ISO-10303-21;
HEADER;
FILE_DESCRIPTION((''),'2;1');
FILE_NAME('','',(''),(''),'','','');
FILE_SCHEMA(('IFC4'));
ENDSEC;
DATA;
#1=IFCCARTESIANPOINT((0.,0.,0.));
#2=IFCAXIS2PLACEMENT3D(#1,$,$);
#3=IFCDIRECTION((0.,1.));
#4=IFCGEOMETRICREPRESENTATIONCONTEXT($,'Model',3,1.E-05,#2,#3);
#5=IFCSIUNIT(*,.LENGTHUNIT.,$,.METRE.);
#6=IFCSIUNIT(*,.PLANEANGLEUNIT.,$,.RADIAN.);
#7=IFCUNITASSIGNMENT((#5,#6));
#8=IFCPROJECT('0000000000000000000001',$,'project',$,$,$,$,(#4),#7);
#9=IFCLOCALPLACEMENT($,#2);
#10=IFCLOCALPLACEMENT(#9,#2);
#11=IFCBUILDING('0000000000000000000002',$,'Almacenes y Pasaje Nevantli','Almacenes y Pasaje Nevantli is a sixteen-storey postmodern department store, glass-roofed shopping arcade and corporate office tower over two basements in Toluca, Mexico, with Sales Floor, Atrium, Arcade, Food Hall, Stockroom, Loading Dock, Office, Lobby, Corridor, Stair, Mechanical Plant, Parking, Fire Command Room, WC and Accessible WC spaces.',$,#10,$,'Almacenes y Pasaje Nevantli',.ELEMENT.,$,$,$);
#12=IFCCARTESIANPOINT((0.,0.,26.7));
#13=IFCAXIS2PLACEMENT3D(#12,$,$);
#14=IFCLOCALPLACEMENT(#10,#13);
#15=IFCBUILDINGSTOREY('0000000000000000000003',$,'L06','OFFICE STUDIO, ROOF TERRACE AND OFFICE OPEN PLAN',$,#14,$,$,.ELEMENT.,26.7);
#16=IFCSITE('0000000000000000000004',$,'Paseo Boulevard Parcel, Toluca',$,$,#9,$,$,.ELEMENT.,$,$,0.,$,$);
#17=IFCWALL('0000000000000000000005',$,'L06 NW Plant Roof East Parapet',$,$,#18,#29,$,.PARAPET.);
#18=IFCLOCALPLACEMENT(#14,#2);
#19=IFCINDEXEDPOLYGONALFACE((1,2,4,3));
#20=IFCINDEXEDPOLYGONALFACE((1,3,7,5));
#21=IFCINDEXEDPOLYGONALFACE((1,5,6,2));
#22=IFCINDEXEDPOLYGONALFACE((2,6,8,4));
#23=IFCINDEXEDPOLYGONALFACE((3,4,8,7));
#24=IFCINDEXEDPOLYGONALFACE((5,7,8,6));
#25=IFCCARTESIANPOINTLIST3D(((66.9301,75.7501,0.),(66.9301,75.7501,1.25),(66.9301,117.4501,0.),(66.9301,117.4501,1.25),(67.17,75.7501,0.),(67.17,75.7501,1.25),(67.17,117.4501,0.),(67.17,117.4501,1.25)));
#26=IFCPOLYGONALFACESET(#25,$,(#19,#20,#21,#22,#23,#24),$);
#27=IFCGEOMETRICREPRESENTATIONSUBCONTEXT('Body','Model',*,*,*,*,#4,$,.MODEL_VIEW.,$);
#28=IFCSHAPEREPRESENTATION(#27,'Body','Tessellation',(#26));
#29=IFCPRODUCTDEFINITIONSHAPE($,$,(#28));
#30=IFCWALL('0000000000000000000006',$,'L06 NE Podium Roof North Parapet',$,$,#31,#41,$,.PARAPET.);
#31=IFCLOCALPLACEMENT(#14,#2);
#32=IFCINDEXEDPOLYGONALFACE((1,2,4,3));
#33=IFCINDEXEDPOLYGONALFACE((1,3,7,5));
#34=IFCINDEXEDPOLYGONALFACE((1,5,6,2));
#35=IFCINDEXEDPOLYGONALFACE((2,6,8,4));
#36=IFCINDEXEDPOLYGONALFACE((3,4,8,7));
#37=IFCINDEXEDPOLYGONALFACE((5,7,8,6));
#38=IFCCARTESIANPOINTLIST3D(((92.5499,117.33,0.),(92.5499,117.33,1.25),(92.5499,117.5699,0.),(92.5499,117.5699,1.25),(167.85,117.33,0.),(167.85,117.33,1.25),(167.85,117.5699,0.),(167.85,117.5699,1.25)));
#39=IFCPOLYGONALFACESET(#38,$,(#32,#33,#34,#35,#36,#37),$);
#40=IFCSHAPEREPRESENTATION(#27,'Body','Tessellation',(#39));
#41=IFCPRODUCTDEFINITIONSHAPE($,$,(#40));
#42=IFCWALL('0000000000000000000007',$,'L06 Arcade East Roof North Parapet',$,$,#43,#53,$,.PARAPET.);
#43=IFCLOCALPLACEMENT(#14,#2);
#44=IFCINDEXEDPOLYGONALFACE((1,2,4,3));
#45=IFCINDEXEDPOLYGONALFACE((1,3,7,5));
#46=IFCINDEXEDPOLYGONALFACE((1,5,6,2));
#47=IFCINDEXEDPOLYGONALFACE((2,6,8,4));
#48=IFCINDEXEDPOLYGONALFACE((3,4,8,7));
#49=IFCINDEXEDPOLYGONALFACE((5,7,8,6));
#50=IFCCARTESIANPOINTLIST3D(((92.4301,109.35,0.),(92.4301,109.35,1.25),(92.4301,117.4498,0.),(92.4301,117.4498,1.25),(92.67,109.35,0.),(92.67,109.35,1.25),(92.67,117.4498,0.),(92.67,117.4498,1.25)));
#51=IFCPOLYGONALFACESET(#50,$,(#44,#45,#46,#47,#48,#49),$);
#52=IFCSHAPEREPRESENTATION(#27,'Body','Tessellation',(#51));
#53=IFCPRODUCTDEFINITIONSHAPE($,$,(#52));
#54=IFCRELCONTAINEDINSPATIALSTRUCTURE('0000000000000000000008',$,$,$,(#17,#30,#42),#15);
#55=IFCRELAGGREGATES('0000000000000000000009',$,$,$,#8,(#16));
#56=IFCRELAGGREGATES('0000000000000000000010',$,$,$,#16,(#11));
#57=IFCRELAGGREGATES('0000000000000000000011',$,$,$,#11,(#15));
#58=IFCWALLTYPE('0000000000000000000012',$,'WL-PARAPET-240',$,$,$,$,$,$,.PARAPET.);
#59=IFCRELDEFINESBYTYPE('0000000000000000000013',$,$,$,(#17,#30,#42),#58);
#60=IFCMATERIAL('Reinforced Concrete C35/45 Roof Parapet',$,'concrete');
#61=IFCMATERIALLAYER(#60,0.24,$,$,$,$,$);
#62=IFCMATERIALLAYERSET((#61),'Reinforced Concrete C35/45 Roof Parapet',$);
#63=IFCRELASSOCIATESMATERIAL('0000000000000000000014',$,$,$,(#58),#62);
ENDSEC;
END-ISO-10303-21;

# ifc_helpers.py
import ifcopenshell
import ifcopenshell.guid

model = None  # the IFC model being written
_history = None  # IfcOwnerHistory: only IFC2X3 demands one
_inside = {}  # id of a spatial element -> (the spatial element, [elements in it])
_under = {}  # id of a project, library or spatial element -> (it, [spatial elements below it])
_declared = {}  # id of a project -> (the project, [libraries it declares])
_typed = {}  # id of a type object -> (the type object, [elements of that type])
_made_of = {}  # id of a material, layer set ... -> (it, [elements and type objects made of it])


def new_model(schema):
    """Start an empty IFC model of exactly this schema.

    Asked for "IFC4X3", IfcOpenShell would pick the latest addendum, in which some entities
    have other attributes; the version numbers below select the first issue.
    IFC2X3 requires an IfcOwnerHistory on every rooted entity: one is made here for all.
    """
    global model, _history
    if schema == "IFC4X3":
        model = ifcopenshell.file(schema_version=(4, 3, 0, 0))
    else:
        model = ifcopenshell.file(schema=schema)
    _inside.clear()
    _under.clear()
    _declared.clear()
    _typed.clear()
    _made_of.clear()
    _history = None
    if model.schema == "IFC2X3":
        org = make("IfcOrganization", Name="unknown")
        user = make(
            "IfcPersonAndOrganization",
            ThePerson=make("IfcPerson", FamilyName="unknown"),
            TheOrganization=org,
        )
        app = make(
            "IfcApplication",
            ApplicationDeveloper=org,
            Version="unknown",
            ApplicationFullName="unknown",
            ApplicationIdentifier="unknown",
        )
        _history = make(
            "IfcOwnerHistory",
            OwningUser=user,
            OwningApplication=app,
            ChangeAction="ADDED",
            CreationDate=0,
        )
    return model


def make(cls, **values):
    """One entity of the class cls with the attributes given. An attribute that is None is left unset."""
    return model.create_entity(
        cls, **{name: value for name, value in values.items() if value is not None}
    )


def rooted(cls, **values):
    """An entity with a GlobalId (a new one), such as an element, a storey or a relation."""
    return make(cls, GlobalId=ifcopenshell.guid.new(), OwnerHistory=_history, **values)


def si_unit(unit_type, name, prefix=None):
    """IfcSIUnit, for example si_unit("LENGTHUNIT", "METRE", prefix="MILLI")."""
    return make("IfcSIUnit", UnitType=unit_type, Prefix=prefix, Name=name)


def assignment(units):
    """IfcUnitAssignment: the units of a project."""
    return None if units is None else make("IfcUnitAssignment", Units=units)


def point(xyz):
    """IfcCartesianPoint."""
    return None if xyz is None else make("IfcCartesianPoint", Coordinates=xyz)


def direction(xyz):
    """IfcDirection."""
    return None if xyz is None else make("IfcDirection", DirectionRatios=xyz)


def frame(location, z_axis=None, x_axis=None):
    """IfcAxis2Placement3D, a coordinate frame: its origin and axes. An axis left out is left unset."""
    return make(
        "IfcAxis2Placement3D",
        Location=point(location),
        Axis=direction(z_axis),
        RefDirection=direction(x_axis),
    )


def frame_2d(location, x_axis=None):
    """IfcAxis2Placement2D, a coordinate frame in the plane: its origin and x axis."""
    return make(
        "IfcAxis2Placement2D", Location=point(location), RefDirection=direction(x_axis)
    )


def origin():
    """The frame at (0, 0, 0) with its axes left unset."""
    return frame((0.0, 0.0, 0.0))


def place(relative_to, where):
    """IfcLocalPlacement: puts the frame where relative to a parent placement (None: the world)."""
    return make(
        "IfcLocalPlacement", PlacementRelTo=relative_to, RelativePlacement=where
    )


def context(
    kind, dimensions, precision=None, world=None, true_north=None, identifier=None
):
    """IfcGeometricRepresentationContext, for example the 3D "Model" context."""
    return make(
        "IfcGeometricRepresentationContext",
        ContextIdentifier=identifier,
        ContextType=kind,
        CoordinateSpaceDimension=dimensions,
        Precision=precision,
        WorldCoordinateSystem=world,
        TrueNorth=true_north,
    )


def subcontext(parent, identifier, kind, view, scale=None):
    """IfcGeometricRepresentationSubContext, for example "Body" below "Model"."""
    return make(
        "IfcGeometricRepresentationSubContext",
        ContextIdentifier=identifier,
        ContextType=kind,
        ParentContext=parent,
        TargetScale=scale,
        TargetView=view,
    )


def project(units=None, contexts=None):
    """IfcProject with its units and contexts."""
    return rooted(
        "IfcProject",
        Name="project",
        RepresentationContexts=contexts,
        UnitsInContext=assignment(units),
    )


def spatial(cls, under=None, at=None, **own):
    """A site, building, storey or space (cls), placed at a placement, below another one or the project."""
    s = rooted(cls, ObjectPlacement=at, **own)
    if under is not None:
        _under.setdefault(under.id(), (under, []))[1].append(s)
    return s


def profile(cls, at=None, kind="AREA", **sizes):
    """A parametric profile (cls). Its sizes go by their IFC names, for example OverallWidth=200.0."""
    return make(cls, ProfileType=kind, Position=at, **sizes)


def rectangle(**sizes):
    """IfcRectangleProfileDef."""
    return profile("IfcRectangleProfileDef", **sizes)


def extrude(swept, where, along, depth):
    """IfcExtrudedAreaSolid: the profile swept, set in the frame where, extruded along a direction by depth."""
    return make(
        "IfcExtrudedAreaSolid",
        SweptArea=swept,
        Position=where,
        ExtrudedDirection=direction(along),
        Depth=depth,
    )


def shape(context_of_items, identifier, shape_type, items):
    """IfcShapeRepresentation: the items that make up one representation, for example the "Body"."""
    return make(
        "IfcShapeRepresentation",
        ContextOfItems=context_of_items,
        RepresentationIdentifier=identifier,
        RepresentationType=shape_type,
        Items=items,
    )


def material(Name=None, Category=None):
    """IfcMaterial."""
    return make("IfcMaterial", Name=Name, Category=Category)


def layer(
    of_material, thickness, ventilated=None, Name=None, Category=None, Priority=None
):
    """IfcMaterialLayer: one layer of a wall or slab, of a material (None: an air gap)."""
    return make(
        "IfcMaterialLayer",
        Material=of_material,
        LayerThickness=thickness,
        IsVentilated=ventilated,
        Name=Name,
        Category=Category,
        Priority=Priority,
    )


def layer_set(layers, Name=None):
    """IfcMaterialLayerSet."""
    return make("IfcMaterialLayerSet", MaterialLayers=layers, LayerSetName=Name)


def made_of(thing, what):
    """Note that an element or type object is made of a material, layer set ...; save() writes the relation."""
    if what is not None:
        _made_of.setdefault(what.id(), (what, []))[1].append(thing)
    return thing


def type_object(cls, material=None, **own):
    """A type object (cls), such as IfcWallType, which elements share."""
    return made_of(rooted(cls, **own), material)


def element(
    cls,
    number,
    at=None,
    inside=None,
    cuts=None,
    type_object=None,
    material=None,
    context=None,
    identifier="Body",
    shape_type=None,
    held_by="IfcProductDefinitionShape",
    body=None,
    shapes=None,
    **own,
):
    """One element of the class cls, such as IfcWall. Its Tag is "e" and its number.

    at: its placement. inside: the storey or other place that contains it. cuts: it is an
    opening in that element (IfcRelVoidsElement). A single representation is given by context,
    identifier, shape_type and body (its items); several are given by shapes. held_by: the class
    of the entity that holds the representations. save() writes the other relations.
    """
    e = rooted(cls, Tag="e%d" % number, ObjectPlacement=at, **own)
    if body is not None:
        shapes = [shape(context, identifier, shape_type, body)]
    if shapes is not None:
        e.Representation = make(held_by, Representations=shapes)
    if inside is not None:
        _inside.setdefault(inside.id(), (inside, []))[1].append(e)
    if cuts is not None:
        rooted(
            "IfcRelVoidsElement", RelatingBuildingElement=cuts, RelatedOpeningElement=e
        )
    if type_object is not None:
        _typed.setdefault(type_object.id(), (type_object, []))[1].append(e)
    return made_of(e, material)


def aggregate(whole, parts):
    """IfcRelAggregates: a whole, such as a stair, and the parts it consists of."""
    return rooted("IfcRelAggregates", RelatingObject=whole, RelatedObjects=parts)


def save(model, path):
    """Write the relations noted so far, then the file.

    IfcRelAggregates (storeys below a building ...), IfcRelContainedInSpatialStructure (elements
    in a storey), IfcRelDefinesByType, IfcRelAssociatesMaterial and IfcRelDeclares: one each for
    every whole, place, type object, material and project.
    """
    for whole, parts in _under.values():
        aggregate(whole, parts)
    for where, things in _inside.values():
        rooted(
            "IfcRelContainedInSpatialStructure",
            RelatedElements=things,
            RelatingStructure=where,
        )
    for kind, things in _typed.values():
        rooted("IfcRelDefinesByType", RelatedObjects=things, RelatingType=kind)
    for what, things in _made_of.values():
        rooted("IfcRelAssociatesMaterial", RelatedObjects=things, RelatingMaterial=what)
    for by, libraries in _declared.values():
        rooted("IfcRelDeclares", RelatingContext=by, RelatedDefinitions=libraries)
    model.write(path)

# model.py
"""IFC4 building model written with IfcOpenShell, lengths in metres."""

from ifc_helpers import new_model, si_unit, direction, frame, frame_2d, origin, place, context, subcontext, project, spatial, rectangle, extrude, material, layer, layer_set, type_object, element, save


model = new_model("IFC4")

# Units and contexts
model_context = context("Model", 3, precision=1e-05, world=origin(), true_north=direction((0.0, 1.0)))
body_context = subcontext(model_context, "Body", "Model", "MODEL_VIEW")
ifc_project = project(units=[si_unit("LENGTHUNIT", "METRE"), si_unit("PLANEANGLEUNIT", "RADIAN")], contexts=[model_context])

# Site, building, storey
site_placement = place(None, origin())
site = spatial("IfcSite", under=ifc_project, at=site_placement, Name="Paseo Boulevard Parcel, Toluca", CompositionType="ELEMENT", RefElevation=0.0)
building_placement = place(site_placement, origin())
building = spatial("IfcBuilding", under=site, at=building_placement, Name="Almacenes y Pasaje Nevantli", Description="Almacenes y Pasaje Nevantli is a sixteen-storey postmodern department store, glass-roofed shopping arcade and corporate office tower over two basements in Toluca, Mexico, with Sales Floor, Atrium, Arcade, Food Hall, Stockroom, Loading Dock, Office, Lobby, Corridor, Stair, Mechanical Plant, Parking, Fire Command Room, WC and Accessible WC spaces.", LongName="Almacenes y Pasaje Nevantli", CompositionType="ELEMENT")
storey_placement = place(building_placement, frame((0.0, 0.0, 26.7)))
storey = spatial("IfcBuildingStorey", under=building, at=storey_placement, Name="L06", Description="OFFICE STUDIO, ROOF TERRACE AND OFFICE OPEN PLAN", CompositionType="ELEMENT", Elevation=26.7)

# Walls
ifc_material_1 = material(Name="Reinforced Concrete C35/45 Roof Parapet", Category="concrete")
ifc_layer_1 = layer(ifc_material_1, 0.24)
ifc_layer_set_1 = layer_set([ifc_layer_1], Name="Reinforced Concrete C35/45 Roof Parapet")
wall_type_1 = type_object("IfcWallType", Name="WL-PARAPET-240", PredefinedType="PARAPET", material=ifc_layer_set_1)
wall_1_placement = place(storey_placement, frame((67.05, 75.75, 0.0), z_axis=(0.0, 0.0, 1.0), x_axis=(0.0, 1.0, 0.0)))
element("IfcWall", 1, at=wall_1_placement, inside=storey, type_object=wall_type_1, Name="L06 NW Plant Roof East Parapet", PredefinedType="PARAPET", context=body_context, shape_type="SweptSolid", body=[
    extrude(rectangle(XDim=41.7, YDim=0.24, at=frame_2d((20.8501, 0.0))), origin(), (0.0, 0.0, 1.0), 1.25),
])
wall_2_placement = place(storey_placement, frame((92.55, 117.45, 0.0), z_axis=(0.0, 0.0, 1.0), x_axis=(1.0, 0.0, 0.0)))
element("IfcWall", 2, at=wall_2_placement, inside=storey, type_object=wall_type_1, Name="L06 NE Podium Roof North Parapet", PredefinedType="PARAPET", context=body_context, shape_type="SweptSolid", body=[
    extrude(rectangle(XDim=75.3, YDim=0.24, at=frame_2d((37.6499, 0.0))), origin(), (0.0, 0.0, 1.0), 1.25),
])
wall_3_placement = place(storey_placement, frame((92.55, 109.3501, 0.0), z_axis=(0.0, 0.0, 1.0), x_axis=(0.0, 1.0, 0.0)))
element("IfcWall", 3, at=wall_3_placement, inside=storey, type_object=wall_type_1, Name="L06 Arcade East Roof North Parapet", PredefinedType="PARAPET", context=body_context, shape_type="SweptSolid", body=[
    extrude(rectangle(XDim=8.0999, YDim=0.24, at=frame_2d((4.0498, 0.0))), origin(), (0.0, 0.0, 1.0), 1.25),
])

save(model, "model.ifc")
